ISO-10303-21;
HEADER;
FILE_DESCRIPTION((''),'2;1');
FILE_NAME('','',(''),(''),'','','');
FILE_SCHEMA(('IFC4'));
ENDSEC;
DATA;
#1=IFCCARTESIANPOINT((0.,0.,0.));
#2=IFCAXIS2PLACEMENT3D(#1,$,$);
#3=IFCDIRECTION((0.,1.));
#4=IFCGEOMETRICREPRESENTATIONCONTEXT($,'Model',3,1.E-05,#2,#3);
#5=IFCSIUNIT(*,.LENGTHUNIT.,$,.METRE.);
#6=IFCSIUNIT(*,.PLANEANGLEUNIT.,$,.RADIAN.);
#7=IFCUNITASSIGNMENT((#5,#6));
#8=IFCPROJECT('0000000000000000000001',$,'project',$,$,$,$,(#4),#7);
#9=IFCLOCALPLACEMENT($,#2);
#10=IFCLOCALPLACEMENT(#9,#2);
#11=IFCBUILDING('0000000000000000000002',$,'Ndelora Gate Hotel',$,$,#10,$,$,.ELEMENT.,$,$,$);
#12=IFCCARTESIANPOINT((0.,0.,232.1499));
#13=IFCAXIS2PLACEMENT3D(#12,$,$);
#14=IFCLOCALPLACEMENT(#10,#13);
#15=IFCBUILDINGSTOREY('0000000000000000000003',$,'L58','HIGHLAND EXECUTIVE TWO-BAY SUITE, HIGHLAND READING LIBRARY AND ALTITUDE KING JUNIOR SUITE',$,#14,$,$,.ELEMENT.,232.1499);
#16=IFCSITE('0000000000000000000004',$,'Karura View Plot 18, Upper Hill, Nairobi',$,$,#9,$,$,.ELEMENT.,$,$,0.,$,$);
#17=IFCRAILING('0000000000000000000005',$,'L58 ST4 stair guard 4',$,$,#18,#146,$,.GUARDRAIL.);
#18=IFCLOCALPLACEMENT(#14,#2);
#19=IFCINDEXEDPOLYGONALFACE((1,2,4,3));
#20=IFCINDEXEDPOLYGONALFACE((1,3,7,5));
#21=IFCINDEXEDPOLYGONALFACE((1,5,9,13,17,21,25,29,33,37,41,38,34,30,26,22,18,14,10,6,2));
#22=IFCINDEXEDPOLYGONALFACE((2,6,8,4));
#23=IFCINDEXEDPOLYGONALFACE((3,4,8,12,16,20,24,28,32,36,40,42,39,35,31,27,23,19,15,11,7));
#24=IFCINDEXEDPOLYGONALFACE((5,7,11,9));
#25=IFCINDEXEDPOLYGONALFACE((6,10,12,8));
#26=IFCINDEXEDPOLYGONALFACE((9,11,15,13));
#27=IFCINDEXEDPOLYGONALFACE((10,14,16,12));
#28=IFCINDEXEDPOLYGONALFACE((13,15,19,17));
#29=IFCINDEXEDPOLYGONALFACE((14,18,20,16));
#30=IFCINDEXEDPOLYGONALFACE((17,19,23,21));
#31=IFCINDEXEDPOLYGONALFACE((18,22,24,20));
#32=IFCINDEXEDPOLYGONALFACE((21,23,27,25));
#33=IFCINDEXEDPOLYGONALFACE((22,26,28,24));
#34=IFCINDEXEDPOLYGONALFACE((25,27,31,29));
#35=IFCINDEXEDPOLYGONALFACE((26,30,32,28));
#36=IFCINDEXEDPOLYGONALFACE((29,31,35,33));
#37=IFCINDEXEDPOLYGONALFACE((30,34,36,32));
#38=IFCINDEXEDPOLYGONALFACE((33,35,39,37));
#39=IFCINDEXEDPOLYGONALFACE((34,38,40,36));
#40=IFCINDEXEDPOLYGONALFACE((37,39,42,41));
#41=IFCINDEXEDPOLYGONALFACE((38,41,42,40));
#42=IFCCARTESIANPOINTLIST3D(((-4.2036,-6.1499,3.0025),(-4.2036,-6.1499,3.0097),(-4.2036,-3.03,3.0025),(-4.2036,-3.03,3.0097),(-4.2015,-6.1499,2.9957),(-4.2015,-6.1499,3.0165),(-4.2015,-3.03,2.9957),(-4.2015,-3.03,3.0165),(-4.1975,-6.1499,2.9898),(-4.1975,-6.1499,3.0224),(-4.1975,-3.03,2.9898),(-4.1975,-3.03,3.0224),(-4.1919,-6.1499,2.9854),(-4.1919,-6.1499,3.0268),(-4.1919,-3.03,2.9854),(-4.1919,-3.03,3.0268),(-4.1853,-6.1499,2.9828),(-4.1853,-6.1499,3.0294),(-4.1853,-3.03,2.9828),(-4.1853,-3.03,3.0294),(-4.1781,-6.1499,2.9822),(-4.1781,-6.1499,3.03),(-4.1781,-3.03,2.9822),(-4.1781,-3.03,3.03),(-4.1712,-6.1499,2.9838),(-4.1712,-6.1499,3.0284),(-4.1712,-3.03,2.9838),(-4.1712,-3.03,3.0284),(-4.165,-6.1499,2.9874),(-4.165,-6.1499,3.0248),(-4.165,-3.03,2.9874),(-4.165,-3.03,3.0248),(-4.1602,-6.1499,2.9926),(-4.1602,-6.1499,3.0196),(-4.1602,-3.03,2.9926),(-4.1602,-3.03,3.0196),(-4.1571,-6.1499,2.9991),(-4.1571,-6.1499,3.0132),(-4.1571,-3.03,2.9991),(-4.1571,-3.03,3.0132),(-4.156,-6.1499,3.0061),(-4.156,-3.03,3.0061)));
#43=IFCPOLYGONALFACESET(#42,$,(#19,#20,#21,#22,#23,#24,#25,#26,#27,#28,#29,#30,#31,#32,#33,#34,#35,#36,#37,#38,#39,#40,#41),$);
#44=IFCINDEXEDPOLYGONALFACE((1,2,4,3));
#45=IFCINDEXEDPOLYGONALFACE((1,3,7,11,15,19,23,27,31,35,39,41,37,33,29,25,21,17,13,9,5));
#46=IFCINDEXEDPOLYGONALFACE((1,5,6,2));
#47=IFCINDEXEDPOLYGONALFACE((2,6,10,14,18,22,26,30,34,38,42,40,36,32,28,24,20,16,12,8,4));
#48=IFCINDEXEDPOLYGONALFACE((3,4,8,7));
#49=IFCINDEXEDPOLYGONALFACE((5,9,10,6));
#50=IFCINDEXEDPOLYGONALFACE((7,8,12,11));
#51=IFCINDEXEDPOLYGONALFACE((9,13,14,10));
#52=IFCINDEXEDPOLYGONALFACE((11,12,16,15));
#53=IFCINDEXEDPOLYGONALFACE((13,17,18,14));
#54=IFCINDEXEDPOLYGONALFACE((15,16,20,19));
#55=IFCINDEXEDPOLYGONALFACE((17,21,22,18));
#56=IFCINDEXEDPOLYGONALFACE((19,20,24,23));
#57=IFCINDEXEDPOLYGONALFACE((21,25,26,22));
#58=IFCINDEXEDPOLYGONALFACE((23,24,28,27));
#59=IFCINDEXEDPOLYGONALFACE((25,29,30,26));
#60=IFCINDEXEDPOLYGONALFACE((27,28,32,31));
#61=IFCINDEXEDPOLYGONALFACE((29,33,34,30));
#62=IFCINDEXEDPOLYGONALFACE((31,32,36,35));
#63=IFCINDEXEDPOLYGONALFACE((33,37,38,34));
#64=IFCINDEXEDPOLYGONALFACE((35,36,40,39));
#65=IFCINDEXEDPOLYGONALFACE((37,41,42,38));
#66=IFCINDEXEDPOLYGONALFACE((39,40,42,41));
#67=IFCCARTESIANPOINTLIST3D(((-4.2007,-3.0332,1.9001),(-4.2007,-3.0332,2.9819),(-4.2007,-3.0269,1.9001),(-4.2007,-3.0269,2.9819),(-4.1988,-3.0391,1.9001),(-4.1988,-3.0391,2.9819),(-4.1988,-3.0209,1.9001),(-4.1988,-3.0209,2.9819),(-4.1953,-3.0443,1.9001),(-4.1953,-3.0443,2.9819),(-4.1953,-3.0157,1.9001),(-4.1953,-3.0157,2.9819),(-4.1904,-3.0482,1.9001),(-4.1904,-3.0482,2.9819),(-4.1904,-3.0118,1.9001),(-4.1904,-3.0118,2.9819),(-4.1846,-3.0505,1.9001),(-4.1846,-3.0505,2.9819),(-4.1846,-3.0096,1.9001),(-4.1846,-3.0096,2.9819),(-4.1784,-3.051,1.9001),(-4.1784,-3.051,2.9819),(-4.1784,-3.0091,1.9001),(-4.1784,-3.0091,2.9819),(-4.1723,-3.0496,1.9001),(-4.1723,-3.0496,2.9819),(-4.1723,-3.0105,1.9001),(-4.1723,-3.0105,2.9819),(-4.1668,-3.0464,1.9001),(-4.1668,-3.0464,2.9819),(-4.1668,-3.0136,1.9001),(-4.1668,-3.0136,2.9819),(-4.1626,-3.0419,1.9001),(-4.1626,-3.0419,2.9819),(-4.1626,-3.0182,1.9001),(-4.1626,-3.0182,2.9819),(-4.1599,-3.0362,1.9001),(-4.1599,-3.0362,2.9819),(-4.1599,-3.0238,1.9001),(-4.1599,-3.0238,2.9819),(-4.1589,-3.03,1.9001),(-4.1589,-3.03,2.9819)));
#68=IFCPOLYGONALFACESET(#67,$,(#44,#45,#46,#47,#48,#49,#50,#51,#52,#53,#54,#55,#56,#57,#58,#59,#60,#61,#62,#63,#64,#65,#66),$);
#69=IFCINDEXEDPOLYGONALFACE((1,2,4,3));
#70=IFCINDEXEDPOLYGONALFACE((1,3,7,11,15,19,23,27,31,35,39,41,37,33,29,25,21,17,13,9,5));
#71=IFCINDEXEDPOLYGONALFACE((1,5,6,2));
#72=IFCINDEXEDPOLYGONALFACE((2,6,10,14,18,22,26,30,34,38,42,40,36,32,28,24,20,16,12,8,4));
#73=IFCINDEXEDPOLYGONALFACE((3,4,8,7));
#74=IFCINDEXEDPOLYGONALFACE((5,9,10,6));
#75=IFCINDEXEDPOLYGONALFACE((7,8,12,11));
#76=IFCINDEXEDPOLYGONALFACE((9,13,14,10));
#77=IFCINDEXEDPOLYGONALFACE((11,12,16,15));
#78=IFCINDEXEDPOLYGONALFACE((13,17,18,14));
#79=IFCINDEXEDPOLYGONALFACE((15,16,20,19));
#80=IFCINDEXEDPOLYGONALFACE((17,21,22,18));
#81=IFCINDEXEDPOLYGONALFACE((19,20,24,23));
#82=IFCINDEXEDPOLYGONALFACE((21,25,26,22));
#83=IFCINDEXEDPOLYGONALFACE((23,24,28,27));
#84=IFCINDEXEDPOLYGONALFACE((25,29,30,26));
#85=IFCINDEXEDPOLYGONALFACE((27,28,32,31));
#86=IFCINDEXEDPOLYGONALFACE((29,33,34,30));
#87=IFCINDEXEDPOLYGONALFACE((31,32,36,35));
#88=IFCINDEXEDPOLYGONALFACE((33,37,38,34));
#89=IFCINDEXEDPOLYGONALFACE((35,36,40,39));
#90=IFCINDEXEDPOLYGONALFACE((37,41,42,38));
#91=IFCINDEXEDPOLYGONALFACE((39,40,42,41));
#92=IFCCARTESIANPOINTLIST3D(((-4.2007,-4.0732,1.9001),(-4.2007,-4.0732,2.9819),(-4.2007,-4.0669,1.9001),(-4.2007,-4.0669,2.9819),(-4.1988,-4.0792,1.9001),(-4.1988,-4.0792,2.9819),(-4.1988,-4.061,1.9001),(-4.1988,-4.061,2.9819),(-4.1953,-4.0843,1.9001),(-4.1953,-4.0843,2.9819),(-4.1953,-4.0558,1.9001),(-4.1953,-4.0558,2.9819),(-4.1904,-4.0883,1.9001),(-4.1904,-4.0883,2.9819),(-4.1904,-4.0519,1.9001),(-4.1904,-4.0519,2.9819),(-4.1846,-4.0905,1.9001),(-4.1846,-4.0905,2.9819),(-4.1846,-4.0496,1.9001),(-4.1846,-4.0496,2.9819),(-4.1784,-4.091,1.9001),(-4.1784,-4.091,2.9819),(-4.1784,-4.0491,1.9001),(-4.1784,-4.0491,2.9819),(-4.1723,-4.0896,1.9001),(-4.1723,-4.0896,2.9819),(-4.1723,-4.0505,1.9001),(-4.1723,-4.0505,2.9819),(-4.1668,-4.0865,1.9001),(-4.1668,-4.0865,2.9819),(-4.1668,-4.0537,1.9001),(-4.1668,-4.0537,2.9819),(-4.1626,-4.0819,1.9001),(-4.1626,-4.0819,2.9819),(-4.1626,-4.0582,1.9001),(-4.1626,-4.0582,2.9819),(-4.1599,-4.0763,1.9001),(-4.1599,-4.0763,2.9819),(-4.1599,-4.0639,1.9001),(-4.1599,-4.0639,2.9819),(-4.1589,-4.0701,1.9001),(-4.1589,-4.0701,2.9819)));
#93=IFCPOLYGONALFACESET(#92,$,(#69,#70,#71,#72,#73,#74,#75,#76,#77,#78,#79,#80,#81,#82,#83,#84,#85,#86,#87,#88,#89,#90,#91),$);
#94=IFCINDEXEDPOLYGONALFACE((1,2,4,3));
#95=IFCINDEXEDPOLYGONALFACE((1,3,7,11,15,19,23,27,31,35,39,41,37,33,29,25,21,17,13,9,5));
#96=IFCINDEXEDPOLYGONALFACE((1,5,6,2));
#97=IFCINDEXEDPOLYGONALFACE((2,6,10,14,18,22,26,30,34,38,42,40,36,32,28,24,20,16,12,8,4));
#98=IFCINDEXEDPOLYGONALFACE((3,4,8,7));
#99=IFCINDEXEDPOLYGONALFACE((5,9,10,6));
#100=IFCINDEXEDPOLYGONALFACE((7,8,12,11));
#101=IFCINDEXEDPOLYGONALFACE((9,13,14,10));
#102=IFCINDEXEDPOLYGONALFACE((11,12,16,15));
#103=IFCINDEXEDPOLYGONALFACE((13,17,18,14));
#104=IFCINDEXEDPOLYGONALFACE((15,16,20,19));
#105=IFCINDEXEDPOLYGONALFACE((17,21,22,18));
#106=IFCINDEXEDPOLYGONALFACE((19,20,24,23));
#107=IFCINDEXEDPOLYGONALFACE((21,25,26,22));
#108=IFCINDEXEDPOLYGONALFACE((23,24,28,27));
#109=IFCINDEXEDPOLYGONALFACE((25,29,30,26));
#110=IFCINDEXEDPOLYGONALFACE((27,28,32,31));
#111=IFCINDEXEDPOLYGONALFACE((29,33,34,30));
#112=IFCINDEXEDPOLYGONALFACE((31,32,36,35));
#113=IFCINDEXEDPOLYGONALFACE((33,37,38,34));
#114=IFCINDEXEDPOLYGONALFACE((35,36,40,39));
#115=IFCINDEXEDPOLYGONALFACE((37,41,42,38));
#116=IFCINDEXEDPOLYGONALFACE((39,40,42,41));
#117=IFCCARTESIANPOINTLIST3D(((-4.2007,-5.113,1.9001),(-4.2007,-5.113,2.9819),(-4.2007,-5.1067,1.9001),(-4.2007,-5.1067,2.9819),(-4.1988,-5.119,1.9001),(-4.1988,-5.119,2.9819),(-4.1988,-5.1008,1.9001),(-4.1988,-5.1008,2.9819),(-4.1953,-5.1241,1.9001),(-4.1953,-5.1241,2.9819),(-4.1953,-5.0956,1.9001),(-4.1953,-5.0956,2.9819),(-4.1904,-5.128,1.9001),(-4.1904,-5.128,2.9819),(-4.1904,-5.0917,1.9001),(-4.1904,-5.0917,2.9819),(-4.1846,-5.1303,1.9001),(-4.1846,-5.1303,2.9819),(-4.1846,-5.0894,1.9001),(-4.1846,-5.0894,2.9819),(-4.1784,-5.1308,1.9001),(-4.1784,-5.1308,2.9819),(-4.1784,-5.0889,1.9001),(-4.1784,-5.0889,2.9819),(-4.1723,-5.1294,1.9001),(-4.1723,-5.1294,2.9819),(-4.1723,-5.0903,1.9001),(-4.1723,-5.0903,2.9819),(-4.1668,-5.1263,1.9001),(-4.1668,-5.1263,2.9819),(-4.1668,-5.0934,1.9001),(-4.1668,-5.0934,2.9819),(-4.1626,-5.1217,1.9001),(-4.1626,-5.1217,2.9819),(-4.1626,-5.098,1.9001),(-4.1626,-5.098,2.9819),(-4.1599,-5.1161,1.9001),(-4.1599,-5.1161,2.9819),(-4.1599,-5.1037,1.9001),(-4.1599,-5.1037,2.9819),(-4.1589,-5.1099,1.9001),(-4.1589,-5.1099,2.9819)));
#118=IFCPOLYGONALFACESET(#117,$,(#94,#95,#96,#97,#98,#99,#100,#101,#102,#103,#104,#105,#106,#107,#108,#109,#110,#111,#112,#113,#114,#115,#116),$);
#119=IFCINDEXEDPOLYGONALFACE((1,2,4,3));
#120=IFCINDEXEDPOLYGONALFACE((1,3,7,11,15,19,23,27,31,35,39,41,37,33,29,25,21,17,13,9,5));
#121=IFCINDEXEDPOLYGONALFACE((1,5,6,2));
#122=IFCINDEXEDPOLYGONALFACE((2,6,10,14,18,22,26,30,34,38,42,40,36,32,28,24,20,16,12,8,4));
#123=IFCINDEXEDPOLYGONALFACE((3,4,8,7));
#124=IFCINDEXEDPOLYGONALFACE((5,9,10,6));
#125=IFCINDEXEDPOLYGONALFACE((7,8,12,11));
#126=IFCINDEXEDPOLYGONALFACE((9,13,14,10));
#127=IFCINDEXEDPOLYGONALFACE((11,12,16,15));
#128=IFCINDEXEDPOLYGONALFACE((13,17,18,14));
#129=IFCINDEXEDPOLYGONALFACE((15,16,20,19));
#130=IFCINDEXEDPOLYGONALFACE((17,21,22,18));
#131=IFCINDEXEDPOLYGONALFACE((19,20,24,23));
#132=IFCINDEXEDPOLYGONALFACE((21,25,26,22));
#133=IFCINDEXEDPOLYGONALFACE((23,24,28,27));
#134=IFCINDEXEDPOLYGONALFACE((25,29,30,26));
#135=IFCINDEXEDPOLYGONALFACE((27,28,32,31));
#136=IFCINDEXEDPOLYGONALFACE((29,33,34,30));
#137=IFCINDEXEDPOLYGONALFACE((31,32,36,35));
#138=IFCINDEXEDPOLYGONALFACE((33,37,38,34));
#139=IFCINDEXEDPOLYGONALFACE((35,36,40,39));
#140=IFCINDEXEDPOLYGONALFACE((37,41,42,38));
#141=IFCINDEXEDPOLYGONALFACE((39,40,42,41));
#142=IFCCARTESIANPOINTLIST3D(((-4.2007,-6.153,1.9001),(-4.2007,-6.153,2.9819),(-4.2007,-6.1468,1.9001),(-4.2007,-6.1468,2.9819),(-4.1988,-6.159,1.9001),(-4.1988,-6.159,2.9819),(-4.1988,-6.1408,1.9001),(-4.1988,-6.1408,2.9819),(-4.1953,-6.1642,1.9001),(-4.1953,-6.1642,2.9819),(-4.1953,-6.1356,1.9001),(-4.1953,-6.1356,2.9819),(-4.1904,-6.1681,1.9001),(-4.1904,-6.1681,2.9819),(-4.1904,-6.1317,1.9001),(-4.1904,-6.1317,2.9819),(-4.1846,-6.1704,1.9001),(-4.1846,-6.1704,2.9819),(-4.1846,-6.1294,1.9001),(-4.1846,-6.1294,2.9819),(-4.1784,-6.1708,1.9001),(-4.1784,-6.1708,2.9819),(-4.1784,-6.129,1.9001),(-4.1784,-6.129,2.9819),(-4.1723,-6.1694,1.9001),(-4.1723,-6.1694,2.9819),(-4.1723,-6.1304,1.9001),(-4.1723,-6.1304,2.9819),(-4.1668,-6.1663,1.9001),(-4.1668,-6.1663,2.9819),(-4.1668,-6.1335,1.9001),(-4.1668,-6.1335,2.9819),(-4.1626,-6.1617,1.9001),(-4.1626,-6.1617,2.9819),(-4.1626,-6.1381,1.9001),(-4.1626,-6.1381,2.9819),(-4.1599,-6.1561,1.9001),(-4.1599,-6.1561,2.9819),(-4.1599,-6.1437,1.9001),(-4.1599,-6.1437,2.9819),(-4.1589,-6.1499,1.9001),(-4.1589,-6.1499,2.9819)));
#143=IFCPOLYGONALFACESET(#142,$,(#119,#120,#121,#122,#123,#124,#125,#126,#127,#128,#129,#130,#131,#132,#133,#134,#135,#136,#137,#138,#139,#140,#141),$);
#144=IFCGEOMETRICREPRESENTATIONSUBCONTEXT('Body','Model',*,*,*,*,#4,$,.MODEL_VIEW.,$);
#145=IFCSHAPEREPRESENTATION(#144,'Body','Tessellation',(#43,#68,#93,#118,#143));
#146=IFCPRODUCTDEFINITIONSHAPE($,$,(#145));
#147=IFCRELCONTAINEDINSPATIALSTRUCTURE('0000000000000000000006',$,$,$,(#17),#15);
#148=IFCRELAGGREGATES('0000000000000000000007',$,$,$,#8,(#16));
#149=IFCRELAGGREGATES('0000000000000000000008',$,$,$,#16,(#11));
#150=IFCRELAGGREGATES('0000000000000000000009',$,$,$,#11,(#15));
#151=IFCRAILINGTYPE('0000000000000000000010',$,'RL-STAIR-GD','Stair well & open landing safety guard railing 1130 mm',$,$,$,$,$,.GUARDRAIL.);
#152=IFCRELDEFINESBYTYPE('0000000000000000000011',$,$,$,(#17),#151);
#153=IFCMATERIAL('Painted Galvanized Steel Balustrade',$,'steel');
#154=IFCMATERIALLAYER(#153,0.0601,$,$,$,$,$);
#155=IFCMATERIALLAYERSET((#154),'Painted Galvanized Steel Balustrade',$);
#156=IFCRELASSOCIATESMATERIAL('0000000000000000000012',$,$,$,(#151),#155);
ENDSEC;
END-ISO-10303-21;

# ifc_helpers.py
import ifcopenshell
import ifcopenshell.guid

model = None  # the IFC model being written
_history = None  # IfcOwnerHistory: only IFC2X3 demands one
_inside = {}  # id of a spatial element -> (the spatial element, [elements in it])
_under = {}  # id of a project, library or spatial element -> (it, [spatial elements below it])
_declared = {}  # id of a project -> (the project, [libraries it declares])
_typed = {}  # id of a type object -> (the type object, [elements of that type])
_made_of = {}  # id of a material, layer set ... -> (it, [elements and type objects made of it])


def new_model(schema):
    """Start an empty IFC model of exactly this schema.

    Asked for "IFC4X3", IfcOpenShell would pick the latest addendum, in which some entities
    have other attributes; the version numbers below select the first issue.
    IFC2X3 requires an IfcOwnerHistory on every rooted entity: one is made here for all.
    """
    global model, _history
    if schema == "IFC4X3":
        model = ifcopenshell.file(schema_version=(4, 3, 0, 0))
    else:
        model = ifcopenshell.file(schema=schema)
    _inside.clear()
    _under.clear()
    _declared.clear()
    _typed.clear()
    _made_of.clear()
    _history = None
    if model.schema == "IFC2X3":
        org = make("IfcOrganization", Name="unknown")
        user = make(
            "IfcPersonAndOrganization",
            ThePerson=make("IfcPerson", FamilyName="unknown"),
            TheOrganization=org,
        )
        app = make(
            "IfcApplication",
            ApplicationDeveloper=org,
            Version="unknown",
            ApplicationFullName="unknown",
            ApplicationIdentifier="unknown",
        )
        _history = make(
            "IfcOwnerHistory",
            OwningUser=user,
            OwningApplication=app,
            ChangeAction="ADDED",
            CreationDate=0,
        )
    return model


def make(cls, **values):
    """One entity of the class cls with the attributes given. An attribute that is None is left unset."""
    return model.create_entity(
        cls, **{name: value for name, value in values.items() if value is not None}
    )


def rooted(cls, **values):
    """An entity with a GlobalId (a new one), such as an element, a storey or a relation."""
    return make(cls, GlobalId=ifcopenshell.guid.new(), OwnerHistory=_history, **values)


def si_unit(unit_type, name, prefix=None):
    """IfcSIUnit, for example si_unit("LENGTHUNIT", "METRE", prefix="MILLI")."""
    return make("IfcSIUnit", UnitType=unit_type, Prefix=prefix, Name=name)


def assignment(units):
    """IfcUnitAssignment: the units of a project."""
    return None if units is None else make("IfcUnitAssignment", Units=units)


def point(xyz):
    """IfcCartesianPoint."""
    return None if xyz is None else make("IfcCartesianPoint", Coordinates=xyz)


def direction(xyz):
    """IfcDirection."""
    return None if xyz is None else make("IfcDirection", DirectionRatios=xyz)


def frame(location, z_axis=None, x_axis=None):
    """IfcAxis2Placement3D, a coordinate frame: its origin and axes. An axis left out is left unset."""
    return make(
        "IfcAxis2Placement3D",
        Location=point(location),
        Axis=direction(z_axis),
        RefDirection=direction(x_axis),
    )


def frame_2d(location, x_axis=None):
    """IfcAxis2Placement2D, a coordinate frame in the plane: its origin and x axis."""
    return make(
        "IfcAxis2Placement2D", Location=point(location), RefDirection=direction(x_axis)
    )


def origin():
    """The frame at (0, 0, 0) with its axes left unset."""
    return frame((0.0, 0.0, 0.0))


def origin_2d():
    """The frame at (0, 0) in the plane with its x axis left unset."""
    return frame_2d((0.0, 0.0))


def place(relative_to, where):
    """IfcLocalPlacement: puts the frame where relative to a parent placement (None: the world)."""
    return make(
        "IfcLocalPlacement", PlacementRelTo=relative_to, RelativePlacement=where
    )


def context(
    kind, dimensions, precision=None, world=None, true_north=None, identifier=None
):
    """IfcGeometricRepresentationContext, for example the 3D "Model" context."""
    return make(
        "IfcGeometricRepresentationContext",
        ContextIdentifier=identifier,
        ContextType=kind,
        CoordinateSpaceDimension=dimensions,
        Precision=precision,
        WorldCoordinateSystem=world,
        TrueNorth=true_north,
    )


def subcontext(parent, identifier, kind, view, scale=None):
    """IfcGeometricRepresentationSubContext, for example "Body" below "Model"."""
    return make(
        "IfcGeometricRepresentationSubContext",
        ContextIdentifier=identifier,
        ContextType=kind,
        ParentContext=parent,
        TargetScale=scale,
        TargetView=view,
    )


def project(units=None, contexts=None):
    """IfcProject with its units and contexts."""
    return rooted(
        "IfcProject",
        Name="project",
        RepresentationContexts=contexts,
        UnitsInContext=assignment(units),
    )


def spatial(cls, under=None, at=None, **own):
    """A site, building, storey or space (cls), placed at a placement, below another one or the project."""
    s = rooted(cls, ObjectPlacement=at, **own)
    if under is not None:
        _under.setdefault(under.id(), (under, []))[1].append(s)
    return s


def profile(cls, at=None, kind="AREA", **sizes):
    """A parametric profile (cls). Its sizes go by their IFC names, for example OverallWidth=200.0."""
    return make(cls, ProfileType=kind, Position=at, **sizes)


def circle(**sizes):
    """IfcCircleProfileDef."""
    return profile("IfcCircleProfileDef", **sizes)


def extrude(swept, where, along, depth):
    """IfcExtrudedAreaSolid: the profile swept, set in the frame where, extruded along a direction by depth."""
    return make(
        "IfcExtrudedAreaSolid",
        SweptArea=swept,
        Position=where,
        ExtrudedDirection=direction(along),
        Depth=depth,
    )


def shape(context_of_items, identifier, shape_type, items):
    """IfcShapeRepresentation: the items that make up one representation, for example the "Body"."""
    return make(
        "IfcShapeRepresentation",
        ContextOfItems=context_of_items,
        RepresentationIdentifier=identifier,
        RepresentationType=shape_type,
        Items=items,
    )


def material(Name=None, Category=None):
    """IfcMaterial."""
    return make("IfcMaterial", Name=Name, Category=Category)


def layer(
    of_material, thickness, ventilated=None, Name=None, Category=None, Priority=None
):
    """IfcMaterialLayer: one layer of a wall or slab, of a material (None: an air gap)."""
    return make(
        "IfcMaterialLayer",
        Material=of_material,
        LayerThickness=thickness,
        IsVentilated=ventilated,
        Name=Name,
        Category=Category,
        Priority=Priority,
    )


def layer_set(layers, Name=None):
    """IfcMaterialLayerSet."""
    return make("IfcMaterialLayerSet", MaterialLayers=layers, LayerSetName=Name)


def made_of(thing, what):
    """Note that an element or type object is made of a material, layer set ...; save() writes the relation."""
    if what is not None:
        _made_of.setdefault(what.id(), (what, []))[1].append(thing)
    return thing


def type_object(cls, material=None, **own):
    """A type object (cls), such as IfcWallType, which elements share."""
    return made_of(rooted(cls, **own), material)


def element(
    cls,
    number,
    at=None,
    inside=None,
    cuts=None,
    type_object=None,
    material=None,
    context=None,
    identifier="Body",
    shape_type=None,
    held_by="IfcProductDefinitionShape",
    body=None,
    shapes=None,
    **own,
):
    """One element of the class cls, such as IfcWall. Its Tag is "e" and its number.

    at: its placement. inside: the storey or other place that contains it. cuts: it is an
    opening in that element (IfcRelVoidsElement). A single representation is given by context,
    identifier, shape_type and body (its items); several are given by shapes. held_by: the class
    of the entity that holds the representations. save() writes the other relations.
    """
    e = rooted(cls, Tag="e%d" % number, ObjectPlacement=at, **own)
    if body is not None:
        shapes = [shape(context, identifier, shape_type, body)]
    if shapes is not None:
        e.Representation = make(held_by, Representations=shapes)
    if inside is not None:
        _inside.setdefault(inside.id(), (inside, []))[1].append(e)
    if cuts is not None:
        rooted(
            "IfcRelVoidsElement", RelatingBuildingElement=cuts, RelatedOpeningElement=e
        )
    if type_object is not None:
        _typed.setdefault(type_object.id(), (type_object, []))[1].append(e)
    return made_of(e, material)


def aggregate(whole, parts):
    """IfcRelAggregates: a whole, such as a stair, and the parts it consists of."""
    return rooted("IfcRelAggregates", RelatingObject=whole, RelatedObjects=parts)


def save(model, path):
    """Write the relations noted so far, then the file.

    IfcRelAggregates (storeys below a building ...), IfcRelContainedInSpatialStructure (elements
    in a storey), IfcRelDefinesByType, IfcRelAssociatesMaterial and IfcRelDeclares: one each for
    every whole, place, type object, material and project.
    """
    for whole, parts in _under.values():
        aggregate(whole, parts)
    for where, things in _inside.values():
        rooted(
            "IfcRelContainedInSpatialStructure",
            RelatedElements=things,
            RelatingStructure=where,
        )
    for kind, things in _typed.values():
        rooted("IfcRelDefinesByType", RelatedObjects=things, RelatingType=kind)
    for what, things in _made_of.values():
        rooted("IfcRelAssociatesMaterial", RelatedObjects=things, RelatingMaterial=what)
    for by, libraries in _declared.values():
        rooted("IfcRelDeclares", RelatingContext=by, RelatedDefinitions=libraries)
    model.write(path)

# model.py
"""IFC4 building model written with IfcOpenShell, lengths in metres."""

from ifc_helpers import new_model, si_unit, direction, frame, origin, origin_2d, place, context, subcontext, project, spatial, circle, extrude, material, layer, layer_set, type_object, element, save


model = new_model("IFC4")

# Units and contexts
model_context = context("Model", 3, precision=1e-05, world=origin(), true_north=direction((0.0, 1.0)))
body_context = subcontext(model_context, "Body", "Model", "MODEL_VIEW")
ifc_project = project(units=[si_unit("LENGTHUNIT", "METRE"), si_unit("PLANEANGLEUNIT", "RADIAN")], contexts=[model_context])

# Site, building, storey
site_placement = place(None, origin())
site = spatial("IfcSite", under=ifc_project, at=site_placement, Name="Karura View Plot 18, Upper Hill, Nairobi", CompositionType="ELEMENT", RefElevation=0.0)
building_placement = place(site_placement, origin())
building = spatial("IfcBuilding", under=site, at=building_placement, Name="Ndelora Gate Hotel", CompositionType="ELEMENT")
storey_placement = place(building_placement, frame((0.0, 0.0, 232.1499)))
storey = spatial("IfcBuildingStorey", under=building, at=storey_placement, Name="L58", Description="HIGHLAND EXECUTIVE TWO-BAY SUITE, HIGHLAND READING LIBRARY AND ALTITUDE KING JUNIOR SUITE", CompositionType="ELEMENT", Elevation=232.1499)

# Railing
ifc_material_1 = material(Name="Painted Galvanized Steel Balustrade", Category="steel")
ifc_layer_1 = layer(ifc_material_1, 0.0601)
ifc_layer_set_1 = layer_set([ifc_layer_1], Name="Painted Galvanized Steel Balustrade")
railing_type_1 = type_object("IfcRailingType", Name="RL-STAIR-GD", Description="Stair well & open landing safety guard railing 1130 mm", PredefinedType="GUARDRAIL", material=ifc_layer_set_1)
railing_1_placement = place(storey_placement, frame((-4.1799, -3.03, 1.9001)))
element("IfcRailing", 1, at=railing_1_placement, inside=storey, type_object=railing_type_1, Name="L58 ST4 stair guard 4", PredefinedType="GUARDRAIL", context=body_context, shape_type="SweptSolid", body=[
    extrude(circle(Radius=0.0239, at=origin_2d()), frame((0.0, 0.0, 1.106), z_axis=(0.0, -1.0, 0.0), x_axis=(1.0, 0.0, 0.0)), (0.0, 0.0, 1.0), 3.1199),
    extrude(circle(Radius=0.021, at=origin_2d()), origin(), (0.0, 0.0, 1.0), 1.0818),
    extrude(circle(Radius=0.021, at=origin_2d()), frame((0.0, -1.04, 0.0)), (0.0, 0.0, 1.0), 1.0818),
    extrude(circle(Radius=0.021, at=origin_2d()), frame((0.0, -2.0798, 0.0)), (0.0, 0.0, 1.0), 1.0818),
    extrude(circle(Radius=0.021, at=origin_2d()), frame((0.0, -3.1199, 0.0)), (0.0, 0.0, 1.0), 1.0818),
])

save(model, "model.ifc")
